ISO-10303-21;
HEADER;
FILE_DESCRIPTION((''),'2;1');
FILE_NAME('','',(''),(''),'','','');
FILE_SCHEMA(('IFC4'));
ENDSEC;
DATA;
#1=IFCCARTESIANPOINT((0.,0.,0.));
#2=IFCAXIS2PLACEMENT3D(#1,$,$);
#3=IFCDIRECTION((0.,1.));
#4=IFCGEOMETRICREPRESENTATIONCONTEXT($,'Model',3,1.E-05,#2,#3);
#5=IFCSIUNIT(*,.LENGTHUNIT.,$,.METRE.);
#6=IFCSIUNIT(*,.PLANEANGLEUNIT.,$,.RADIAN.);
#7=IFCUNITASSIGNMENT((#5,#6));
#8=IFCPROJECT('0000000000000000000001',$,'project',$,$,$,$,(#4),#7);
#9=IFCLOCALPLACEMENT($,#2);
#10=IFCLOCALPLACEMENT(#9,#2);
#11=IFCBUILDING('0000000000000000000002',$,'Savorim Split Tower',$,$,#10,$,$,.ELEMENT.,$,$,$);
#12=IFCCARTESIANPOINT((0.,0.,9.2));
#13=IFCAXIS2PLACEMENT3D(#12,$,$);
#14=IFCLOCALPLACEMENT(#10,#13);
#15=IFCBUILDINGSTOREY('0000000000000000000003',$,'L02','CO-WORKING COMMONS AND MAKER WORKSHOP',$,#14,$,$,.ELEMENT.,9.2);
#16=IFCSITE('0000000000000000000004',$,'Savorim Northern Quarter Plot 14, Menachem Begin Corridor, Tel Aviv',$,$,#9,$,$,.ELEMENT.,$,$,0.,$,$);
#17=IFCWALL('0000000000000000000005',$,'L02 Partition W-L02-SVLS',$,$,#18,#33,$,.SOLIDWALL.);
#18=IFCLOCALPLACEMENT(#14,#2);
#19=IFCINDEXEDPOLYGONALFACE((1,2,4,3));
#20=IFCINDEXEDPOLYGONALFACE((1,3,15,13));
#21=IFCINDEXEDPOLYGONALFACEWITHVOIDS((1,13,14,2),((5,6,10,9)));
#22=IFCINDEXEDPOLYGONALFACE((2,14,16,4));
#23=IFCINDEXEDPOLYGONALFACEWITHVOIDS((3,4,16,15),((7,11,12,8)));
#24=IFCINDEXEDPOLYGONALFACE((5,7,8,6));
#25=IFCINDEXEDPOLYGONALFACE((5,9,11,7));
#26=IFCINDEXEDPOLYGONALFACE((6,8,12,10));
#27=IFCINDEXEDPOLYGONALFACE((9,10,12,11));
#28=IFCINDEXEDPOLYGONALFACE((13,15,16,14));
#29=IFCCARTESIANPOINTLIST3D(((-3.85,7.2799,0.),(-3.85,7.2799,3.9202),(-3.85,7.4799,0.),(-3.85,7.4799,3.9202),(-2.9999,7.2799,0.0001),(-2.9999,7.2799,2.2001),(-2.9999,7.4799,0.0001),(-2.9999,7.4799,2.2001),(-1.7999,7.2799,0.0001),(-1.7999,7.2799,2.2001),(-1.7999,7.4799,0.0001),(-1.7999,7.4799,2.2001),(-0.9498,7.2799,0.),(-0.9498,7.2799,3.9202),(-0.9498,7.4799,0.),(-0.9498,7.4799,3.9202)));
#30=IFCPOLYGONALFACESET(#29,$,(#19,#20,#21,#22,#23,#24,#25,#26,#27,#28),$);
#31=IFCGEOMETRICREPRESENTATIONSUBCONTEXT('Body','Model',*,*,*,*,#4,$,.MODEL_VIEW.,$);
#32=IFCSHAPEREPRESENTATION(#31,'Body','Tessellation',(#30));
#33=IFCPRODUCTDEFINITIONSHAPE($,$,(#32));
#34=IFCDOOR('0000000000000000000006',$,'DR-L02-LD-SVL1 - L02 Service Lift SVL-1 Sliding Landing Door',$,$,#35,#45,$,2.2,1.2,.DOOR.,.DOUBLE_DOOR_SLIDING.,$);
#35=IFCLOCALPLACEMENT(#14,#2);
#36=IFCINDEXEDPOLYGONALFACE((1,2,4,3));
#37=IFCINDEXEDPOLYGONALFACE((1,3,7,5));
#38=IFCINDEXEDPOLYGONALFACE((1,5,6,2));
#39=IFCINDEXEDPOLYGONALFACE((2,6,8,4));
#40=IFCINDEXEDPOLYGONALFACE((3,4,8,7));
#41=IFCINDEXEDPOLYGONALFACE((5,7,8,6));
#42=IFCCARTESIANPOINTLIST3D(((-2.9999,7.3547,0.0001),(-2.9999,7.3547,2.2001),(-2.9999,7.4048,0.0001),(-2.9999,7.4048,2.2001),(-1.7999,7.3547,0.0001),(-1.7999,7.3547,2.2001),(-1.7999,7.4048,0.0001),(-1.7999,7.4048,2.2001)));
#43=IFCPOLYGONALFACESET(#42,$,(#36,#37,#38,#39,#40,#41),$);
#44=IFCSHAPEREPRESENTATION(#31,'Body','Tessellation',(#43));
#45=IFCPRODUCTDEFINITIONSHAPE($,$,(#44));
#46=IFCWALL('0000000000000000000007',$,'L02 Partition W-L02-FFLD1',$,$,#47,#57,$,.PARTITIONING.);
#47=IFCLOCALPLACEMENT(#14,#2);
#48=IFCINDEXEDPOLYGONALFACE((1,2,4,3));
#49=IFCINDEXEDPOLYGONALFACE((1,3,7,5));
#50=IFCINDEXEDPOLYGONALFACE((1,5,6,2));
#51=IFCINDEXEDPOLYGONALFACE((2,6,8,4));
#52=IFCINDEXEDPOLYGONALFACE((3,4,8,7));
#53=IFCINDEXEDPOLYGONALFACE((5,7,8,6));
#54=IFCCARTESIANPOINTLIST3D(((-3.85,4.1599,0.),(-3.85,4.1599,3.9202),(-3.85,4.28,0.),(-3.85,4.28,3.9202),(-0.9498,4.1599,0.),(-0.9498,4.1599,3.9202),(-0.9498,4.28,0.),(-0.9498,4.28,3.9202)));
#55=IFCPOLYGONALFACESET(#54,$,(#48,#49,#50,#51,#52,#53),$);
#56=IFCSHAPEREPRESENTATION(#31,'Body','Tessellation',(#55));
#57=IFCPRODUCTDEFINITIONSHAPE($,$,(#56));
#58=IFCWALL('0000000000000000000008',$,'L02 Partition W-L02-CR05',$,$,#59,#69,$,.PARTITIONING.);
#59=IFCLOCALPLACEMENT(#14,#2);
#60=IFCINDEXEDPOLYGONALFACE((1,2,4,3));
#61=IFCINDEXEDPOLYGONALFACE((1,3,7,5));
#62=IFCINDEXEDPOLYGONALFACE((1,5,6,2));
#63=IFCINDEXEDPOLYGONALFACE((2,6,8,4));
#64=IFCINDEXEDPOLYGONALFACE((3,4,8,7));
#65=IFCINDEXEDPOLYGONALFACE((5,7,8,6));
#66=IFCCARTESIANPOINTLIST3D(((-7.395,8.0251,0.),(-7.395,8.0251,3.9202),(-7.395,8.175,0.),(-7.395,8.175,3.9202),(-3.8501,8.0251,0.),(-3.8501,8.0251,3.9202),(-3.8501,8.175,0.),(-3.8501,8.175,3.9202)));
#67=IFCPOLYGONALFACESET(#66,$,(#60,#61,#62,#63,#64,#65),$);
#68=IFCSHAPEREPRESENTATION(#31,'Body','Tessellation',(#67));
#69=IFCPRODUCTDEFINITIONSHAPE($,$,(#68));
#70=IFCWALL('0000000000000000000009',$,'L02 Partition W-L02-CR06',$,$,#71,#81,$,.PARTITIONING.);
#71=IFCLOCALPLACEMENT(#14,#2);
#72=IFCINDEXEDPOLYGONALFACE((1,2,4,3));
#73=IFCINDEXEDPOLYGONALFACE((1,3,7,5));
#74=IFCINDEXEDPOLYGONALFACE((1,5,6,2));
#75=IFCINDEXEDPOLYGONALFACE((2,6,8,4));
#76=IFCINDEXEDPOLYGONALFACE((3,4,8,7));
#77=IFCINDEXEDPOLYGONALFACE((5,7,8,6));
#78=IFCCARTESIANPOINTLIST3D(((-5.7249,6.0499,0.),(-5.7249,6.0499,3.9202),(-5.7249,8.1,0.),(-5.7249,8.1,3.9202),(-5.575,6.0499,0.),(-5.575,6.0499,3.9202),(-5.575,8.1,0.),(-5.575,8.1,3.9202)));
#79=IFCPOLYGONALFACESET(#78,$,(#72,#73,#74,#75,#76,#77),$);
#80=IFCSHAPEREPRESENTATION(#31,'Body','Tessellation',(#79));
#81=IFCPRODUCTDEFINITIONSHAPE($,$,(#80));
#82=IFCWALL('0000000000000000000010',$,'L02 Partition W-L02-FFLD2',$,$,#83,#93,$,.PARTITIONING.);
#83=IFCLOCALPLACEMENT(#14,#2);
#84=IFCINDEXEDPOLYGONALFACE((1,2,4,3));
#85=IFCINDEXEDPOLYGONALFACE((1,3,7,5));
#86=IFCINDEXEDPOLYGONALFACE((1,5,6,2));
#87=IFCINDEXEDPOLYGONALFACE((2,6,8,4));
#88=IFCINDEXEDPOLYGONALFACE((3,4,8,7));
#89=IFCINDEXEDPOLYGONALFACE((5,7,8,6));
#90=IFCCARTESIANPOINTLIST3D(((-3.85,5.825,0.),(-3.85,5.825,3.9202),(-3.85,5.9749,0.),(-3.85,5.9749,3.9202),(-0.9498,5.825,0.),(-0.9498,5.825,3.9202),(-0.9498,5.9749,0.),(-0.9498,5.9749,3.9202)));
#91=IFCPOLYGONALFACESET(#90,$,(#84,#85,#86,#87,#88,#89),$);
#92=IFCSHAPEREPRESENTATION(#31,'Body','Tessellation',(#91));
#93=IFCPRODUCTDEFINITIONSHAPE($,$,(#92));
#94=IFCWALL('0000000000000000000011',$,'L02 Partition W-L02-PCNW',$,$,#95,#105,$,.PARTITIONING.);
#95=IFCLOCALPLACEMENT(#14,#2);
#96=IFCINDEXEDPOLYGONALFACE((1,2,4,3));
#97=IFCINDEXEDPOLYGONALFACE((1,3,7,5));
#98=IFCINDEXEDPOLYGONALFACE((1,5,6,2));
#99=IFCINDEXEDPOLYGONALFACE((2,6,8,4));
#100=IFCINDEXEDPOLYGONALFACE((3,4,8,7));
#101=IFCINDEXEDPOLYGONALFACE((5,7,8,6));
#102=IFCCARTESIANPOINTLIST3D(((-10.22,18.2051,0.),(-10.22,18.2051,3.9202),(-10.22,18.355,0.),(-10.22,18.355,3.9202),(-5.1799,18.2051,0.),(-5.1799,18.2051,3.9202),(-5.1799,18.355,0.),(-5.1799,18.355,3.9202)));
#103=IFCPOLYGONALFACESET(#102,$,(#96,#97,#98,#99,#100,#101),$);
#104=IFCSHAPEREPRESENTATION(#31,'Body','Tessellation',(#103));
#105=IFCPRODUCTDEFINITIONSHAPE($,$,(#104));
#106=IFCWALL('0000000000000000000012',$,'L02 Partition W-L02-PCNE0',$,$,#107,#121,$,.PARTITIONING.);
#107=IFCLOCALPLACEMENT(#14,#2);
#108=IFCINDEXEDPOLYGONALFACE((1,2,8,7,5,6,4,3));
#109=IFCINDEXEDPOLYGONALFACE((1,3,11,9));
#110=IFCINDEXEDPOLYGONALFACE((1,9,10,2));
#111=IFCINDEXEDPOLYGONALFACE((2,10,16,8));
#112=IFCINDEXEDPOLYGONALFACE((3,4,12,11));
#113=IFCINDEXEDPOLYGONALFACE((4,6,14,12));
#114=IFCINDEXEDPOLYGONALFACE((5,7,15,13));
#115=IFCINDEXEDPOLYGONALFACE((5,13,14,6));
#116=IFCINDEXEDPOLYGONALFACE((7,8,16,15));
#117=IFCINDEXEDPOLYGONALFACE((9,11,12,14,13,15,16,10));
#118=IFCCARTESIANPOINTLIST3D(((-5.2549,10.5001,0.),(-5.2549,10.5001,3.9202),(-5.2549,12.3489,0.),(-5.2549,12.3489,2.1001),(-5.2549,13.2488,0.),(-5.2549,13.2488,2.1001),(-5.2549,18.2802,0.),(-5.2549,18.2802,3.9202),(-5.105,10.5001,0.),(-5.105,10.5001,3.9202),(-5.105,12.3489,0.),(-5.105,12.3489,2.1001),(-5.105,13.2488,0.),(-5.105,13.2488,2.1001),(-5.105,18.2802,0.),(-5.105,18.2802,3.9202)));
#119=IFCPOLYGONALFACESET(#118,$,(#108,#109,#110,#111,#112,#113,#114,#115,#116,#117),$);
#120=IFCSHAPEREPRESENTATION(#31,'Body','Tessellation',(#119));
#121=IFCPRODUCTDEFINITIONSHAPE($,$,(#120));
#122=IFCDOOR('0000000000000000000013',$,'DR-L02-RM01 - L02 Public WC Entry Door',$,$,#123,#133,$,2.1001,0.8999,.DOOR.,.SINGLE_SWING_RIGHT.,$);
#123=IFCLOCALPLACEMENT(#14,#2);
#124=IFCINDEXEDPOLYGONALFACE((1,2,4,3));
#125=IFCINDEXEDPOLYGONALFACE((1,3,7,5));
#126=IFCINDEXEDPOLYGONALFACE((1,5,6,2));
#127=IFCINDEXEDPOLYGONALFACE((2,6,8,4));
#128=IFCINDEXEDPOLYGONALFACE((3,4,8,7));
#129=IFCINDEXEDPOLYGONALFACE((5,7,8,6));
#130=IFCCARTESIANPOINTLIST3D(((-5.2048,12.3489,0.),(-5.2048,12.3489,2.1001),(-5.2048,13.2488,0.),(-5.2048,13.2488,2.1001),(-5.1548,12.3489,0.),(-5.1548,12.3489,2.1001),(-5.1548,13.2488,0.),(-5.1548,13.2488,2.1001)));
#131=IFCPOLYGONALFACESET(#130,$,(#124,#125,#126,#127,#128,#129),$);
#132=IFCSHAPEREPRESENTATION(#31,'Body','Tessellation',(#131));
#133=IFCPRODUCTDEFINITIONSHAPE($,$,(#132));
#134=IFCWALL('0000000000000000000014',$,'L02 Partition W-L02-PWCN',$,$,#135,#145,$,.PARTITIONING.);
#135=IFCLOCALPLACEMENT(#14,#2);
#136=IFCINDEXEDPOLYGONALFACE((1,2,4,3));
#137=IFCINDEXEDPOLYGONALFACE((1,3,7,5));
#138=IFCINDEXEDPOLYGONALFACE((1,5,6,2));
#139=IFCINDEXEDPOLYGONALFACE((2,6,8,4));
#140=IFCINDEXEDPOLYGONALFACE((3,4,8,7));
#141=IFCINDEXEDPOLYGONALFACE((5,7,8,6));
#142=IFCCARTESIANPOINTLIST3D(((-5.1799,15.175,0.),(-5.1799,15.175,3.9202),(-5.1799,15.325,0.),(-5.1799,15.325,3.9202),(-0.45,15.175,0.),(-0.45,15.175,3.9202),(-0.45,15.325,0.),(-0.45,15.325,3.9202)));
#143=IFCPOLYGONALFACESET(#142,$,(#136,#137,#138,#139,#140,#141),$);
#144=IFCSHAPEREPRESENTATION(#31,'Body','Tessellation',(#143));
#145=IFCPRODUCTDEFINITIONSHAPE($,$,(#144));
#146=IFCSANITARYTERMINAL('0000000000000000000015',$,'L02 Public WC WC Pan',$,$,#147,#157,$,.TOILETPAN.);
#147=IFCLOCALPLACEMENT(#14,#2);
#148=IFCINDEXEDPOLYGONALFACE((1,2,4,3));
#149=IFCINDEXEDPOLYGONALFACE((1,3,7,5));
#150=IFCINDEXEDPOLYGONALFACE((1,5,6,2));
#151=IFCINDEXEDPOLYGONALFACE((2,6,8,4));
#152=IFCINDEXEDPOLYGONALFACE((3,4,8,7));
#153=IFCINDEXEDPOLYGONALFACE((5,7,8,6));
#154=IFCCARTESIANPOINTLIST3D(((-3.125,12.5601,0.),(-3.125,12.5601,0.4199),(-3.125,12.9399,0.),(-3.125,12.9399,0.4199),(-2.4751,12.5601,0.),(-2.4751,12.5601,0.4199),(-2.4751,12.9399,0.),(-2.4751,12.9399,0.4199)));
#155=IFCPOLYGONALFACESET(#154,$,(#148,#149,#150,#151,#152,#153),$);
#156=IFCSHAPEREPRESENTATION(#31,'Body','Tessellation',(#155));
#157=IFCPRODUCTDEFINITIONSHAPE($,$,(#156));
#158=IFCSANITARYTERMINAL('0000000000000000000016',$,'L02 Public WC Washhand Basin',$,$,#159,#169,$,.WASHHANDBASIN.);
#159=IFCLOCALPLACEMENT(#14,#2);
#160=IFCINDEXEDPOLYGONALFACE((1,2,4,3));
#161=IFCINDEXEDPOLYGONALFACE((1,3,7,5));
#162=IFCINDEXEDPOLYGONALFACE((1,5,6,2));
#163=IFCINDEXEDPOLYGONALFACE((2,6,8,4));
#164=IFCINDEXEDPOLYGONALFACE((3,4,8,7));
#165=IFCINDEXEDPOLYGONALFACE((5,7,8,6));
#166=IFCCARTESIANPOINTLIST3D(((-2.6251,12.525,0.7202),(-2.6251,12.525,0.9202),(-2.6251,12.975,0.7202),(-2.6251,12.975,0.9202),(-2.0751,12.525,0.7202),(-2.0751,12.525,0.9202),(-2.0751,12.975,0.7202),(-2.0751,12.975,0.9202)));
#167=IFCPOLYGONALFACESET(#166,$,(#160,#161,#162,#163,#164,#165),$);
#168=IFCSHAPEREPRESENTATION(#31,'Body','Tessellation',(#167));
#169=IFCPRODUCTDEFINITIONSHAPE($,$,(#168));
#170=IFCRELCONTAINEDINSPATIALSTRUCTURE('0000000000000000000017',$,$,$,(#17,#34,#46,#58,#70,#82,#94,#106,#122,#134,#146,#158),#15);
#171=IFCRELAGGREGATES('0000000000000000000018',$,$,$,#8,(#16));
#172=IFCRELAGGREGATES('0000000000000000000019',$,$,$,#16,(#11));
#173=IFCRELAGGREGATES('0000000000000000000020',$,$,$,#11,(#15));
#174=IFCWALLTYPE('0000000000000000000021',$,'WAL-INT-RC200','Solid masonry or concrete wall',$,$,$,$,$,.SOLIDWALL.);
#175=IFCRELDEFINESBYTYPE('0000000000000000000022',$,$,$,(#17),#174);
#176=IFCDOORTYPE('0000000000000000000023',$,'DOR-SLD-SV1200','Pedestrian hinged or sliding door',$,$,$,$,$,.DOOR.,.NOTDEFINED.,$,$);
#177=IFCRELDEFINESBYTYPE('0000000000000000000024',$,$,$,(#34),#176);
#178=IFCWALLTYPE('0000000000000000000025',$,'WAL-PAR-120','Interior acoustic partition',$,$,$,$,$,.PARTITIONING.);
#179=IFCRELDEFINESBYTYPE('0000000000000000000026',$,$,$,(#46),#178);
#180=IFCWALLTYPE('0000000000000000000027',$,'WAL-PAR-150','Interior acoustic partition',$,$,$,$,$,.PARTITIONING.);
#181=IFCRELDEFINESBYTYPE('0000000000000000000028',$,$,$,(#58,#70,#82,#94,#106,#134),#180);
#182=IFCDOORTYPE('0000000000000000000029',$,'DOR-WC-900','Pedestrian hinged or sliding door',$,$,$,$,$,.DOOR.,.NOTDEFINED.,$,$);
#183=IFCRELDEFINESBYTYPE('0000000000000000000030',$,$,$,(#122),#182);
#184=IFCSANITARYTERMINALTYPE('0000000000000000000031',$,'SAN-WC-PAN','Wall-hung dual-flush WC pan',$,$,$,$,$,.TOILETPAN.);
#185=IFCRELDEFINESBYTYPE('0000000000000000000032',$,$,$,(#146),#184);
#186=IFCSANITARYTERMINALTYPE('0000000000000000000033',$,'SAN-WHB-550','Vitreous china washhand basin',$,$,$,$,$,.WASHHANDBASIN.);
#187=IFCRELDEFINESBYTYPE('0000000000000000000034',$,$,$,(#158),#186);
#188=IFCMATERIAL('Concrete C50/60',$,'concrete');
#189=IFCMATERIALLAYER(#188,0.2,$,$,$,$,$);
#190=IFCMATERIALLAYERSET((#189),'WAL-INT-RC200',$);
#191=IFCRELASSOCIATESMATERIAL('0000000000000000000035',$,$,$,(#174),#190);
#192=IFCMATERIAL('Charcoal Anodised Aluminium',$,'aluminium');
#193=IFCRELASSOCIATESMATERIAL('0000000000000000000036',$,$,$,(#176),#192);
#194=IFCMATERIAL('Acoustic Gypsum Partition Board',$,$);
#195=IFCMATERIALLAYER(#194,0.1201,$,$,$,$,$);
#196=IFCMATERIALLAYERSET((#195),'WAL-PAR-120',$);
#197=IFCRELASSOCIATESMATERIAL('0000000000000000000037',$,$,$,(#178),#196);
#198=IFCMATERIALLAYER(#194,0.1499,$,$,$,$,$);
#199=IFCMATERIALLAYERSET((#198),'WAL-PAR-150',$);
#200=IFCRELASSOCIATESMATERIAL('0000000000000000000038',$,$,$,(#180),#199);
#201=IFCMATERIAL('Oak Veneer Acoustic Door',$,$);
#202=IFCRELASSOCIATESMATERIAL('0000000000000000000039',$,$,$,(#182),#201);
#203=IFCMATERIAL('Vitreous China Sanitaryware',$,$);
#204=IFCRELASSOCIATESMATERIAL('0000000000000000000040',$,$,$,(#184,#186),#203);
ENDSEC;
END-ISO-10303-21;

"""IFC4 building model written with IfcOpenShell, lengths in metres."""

from ifc_helpers import new_model, si_unit, direction, frame, frame_2d, origin, origin_2d, place, context, subcontext, project, spatial, rectangle, extrude, material, layer, layer_set, type_object, element, fill, save


model = new_model("IFC4")

# Units and contexts
model_context = context("Model", 3, precision=1e-05, world=origin(), true_north=direction((0.0, 1.0)))
body_context = subcontext(model_context, "Body", "Model", "MODEL_VIEW")
ifc_project = project(units=[si_unit("LENGTHUNIT", "METRE"), si_unit("PLANEANGLEUNIT", "RADIAN")], contexts=[model_context])

# Site, building, storey
site_placement = place(None, origin())
site = spatial("IfcSite", under=ifc_project, at=site_placement, Name="Savorim Northern Quarter Plot 14, Menachem Begin Corridor, Tel Aviv", CompositionType="ELEMENT", RefElevation=0.0)
building_placement = place(site_placement, origin())
building = spatial("IfcBuilding", under=site, at=building_placement, Name="Savorim Split Tower", CompositionType="ELEMENT")
storey_placement = place(building_placement, frame((0.0, 0.0, 9.2)))
storey = spatial("IfcBuildingStorey", under=building, at=storey_placement, Name="L02", Description="CO-WORKING COMMONS AND MAKER WORKSHOP", CompositionType="ELEMENT", Elevation=9.2)

# Shared definitions
ifc_material_1 = material(Name="Charcoal Anodised Aluminium", Category="aluminium")

# Shared definitions
ifc_material_2 = material(Name="Concrete C50/60", Category="concrete")
ifc_layer_1 = layer(ifc_material_2, 0.2)
ifc_layer_set_1 = layer_set([ifc_layer_1], Name="WAL-INT-RC200")
wall_type_1 = type_object("IfcWallType", Name="WAL-INT-RC200", Description="Solid masonry or concrete wall", PredefinedType="SOLIDWALL", material=ifc_layer_set_1)

# Wall, opening, door
wall_1_placement = place(storey_placement, frame((-3.8501, 7.3799, 0.0), z_axis=(0.0, 0.0, 1.0), x_axis=(1.0, 0.0, 0.0)))
wall_1 = element("IfcWall", 1, at=wall_1_placement, inside=storey, type_object=wall_type_1, Name="L02 Partition W-L02-SVLS", PredefinedType="SOLIDWALL", context=body_context, shape_type="SweptSolid", body=[
    extrude(rectangle(XDim=2.9001, YDim=0.2, at=frame_2d((1.4502, 0.0))), origin(), (0.0, 0.0, 1.0), 3.9202),
])
opening_1_placement = place(wall_1_placement, frame((0.8501, 0.0, 0.0)))
opening_1 = element("IfcOpeningElement", 2, at=opening_1_placement, cuts=wall_1, PredefinedType="OPENING", context=body_context, shape_type="SweptSolid", body=[
    extrude(rectangle(XDim=1.2, YDim=2.2, at=frame_2d((0.6001, 1.1001))), frame((0.0, 0.1099, 0.0), z_axis=(0.0, -1.0, 0.0), x_axis=(1.0, 0.0, 0.0)), (0.0, 0.0, 1.0), 0.22),
])
door_type_1 = type_object("IfcDoorType", Name="DOR-SLD-SV1200", Description="Pedestrian hinged or sliding door", OperationType="NOTDEFINED", PredefinedType="DOOR", material=ifc_material_1)
door_1_placement = place(opening_1_placement, origin())
door_1 = element("IfcDoor", 3, at=door_1_placement, inside=storey, type_object=door_type_1, Name="DR-L02-LD-SVL1 - L02 Service Lift SVL-1 Sliding Landing Door", OperationType="DOUBLE_DOOR_SLIDING", OverallHeight=2.2, OverallWidth=1.2, PredefinedType="DOOR", context=body_context, shape_type="SweptSolid", body=[
    extrude(rectangle(XDim=1.2, YDim=2.2, at=frame_2d((0.6001, 1.1001))), frame((0.0, 0.0249, 0.0), z_axis=(0.0, -1.0, 0.0), x_axis=(1.0, 0.0, 0.0)), (0.0, 0.0, 1.0), 0.05),
])
fill(opening_1, door_1)

# Walls
ifc_material_3 = material(Name="Acoustic Gypsum Partition Board")
ifc_layer_2 = layer(ifc_material_3, 0.1201)
ifc_layer_set_2 = layer_set([ifc_layer_2], Name="WAL-PAR-120")
wall_type_2 = type_object("IfcWallType", Name="WAL-PAR-120", Description="Interior acoustic partition", PredefinedType="PARTITIONING", material=ifc_layer_set_2)
wall_2_placement = place(storey_placement, frame((-3.8501, 4.22, 0.0), z_axis=(0.0, 0.0, 1.0), x_axis=(1.0, 0.0, 0.0)))
element("IfcWall", 4, at=wall_2_placement, inside=storey, type_object=wall_type_2, Name="L02 Partition W-L02-FFLD1", PredefinedType="PARTITIONING", context=body_context, shape_type="SweptSolid", body=[
    extrude(rectangle(XDim=2.9001, YDim=0.1201, at=frame_2d((1.4502, 0.0))), origin(), (0.0, 0.0, 1.0), 3.9202),
])
ifc_layer_3 = layer(ifc_material_3, 0.1499)
ifc_layer_set_3 = layer_set([ifc_layer_3], Name="WAL-PAR-150")
wall_type_3 = type_object("IfcWallType", Name="WAL-PAR-150", Description="Interior acoustic partition", PredefinedType="PARTITIONING", material=ifc_layer_set_3)
wall_3_placement = place(storey_placement, frame((-7.395, 8.1001, 0.0), z_axis=(0.0, 0.0, 1.0), x_axis=(1.0, 0.0, 0.0)))
element("IfcWall", 5, at=wall_3_placement, inside=storey, type_object=wall_type_3, Name="L02 Partition W-L02-CR05", PredefinedType="PARTITIONING", context=body_context, shape_type="SweptSolid", body=[
    extrude(rectangle(XDim=3.5449, YDim=0.1499, at=frame_2d((1.7725, 0.0))), origin(), (0.0, 0.0, 1.0), 3.9202),
])
wall_4_placement = place(storey_placement, frame((-5.6499, 6.05, 0.0), z_axis=(0.0, 0.0, 1.0), x_axis=(0.0, 1.0, 0.0)))
element("IfcWall", 6, at=wall_4_placement, inside=storey, type_object=wall_type_3, Name="L02 Partition W-L02-CR06", PredefinedType="PARTITIONING", context=body_context, shape_type="SweptSolid", body=[
    extrude(rectangle(XDim=2.05, YDim=0.1499, at=frame_2d((1.0249, 0.0))), origin(), (0.0, 0.0, 1.0), 3.9202),
])
wall_5_placement = place(storey_placement, frame((-3.8501, 5.8999, 0.0), z_axis=(0.0, 0.0, 1.0), x_axis=(1.0, 0.0, 0.0)))
element("IfcWall", 7, at=wall_5_placement, inside=storey, type_object=wall_type_3, Name="L02 Partition W-L02-FFLD2", PredefinedType="PARTITIONING", context=body_context, shape_type="SweptSolid", body=[
    extrude(rectangle(XDim=2.9001, YDim=0.1499, at=frame_2d((1.4502, 0.0))), origin(), (0.0, 0.0, 1.0), 3.9202),
])
wall_6_placement = place(storey_placement, frame((-10.22, 18.28, 0.0), z_axis=(0.0, 0.0, 1.0), x_axis=(1.0, 0.0, 0.0)))
element("IfcWall", 8, at=wall_6_placement, inside=storey, type_object=wall_type_3, Name="L02 Partition W-L02-PCNW", PredefinedType="PARTITIONING", context=body_context, shape_type="SweptSolid", body=[
    extrude(rectangle(XDim=5.04, YDim=0.1499, at=frame_2d((2.52, 0.0))), origin(), (0.0, 0.0, 1.0), 3.9202),
])

# Wall, opening, door
wall_7_placement = place(storey_placement, frame((-5.1799, 10.5, 0.0), z_axis=(0.0, 0.0, 1.0), x_axis=(0.0, 1.0, 0.0)))
wall_7 = element("IfcWall", 9, at=wall_7_placement, inside=storey, type_object=wall_type_3, Name="L02 Partition W-L02-PCNE0", PredefinedType="PARTITIONING", context=body_context, shape_type="SweptSolid", body=[
    extrude(rectangle(XDim=7.78, YDim=0.1499, at=frame_2d((3.8901, 0.0))), origin(), (0.0, 0.0, 1.0), 3.9202),
])
opening_2_placement = place(wall_7_placement, frame((1.8489, 0.0, 0.0)))
opening_2 = element("IfcOpeningElement", 10, at=opening_2_placement, cuts=wall_7, PredefinedType="OPENING", context=body_context, shape_type="SweptSolid", body=[
    extrude(rectangle(XDim=0.8999, YDim=2.1001, at=frame_2d((0.45, 1.05))), frame((0.0, 0.085, 0.0), z_axis=(0.0, -1.0, 0.0), x_axis=(1.0, 0.0, 0.0)), (0.0, 0.0, 1.0), 0.1699),
])
ifc_material_4 = material(Name="Oak Veneer Acoustic Door")
door_type_2 = type_object("IfcDoorType", Name="DOR-WC-900", Description="Pedestrian hinged or sliding door", OperationType="NOTDEFINED", PredefinedType="DOOR", material=ifc_material_4)
door_2_placement = place(opening_2_placement, origin())
door_2 = element("IfcDoor", 11, at=door_2_placement, inside=storey, type_object=door_type_2, Name="DR-L02-RM01 - L02 Public WC Entry Door", OperationType="SINGLE_SWING_RIGHT", OverallHeight=2.1001, OverallWidth=0.8999, PredefinedType="DOOR", context=body_context, shape_type="SweptSolid", body=[
    extrude(rectangle(XDim=0.8999, YDim=2.1001, at=frame_2d((0.45, 1.05))), frame((0.0, 0.0249, 0.0), z_axis=(0.0, -1.0, 0.0), x_axis=(1.0, 0.0, 0.0)), (0.0, 0.0, 1.0), 0.05),
])
fill(opening_2, door_2)

# Wall
wall_8_placement = place(storey_placement, frame((-5.1799, 15.25, 0.0), z_axis=(0.0, 0.0, 1.0), x_axis=(1.0, 0.0, 0.0)))
element("IfcWall", 12, at=wall_8_placement, inside=storey, type_object=wall_type_3, Name="L02 Partition W-L02-PWCN", PredefinedType="PARTITIONING", context=body_context, shape_type="SweptSolid", body=[
    extrude(rectangle(XDim=4.73, YDim=0.1499, at=frame_2d((2.365, 0.0))), origin(), (0.0, 0.0, 1.0), 3.9202),
])

# Sanitary terminals
ifc_material_5 = material(Name="Vitreous China Sanitaryware")
sanitary_terminal_type_1 = type_object("IfcSanitaryTerminalType", Name="SAN-WC-PAN", Description="Wall-hung dual-flush WC pan", PredefinedType="TOILETPAN", material=ifc_material_5)
sanitary_terminal_1_placement = place(storey_placement, frame((-2.8, 12.75, 0.0), z_axis=(0.0, 0.0, 1.0), x_axis=(1.0, 0.0, 0.0)))
element("IfcSanitaryTerminal", 13, at=sanitary_terminal_1_placement, inside=storey, type_object=sanitary_terminal_type_1, Name="L02 Public WC WC Pan", PredefinedType="TOILETPAN", context=body_context, shape_type="SweptSolid", body=[
    extrude(rectangle(XDim=0.6499, YDim=0.3799, at=origin_2d()), origin(), (0.0, 0.0, 1.0), 0.4199),
])
sanitary_terminal_type_2 = type_object("IfcSanitaryTerminalType", Name="SAN-WHB-550", Description="Vitreous china washhand basin", PredefinedType="WASHHANDBASIN", material=ifc_material_5)
sanitary_terminal_2_placement = place(storey_placement, frame((-2.3501, 12.75, 0.7202), z_axis=(0.0, 0.0, 1.0), x_axis=(1.0, 0.0, 0.0)))
element("IfcSanitaryTerminal", 14, at=sanitary_terminal_2_placement, inside=storey, type_object=sanitary_terminal_type_2, Name="L02 Public WC Washhand Basin", PredefinedType="WASHHANDBASIN", context=body_context, shape_type="SweptSolid", body=[
    extrude(rectangle(XDim=0.55, YDim=0.45, at=origin_2d()), origin(), (0.0, 0.0, 1.0), 0.2),
])

save(model, "model.ifc")
